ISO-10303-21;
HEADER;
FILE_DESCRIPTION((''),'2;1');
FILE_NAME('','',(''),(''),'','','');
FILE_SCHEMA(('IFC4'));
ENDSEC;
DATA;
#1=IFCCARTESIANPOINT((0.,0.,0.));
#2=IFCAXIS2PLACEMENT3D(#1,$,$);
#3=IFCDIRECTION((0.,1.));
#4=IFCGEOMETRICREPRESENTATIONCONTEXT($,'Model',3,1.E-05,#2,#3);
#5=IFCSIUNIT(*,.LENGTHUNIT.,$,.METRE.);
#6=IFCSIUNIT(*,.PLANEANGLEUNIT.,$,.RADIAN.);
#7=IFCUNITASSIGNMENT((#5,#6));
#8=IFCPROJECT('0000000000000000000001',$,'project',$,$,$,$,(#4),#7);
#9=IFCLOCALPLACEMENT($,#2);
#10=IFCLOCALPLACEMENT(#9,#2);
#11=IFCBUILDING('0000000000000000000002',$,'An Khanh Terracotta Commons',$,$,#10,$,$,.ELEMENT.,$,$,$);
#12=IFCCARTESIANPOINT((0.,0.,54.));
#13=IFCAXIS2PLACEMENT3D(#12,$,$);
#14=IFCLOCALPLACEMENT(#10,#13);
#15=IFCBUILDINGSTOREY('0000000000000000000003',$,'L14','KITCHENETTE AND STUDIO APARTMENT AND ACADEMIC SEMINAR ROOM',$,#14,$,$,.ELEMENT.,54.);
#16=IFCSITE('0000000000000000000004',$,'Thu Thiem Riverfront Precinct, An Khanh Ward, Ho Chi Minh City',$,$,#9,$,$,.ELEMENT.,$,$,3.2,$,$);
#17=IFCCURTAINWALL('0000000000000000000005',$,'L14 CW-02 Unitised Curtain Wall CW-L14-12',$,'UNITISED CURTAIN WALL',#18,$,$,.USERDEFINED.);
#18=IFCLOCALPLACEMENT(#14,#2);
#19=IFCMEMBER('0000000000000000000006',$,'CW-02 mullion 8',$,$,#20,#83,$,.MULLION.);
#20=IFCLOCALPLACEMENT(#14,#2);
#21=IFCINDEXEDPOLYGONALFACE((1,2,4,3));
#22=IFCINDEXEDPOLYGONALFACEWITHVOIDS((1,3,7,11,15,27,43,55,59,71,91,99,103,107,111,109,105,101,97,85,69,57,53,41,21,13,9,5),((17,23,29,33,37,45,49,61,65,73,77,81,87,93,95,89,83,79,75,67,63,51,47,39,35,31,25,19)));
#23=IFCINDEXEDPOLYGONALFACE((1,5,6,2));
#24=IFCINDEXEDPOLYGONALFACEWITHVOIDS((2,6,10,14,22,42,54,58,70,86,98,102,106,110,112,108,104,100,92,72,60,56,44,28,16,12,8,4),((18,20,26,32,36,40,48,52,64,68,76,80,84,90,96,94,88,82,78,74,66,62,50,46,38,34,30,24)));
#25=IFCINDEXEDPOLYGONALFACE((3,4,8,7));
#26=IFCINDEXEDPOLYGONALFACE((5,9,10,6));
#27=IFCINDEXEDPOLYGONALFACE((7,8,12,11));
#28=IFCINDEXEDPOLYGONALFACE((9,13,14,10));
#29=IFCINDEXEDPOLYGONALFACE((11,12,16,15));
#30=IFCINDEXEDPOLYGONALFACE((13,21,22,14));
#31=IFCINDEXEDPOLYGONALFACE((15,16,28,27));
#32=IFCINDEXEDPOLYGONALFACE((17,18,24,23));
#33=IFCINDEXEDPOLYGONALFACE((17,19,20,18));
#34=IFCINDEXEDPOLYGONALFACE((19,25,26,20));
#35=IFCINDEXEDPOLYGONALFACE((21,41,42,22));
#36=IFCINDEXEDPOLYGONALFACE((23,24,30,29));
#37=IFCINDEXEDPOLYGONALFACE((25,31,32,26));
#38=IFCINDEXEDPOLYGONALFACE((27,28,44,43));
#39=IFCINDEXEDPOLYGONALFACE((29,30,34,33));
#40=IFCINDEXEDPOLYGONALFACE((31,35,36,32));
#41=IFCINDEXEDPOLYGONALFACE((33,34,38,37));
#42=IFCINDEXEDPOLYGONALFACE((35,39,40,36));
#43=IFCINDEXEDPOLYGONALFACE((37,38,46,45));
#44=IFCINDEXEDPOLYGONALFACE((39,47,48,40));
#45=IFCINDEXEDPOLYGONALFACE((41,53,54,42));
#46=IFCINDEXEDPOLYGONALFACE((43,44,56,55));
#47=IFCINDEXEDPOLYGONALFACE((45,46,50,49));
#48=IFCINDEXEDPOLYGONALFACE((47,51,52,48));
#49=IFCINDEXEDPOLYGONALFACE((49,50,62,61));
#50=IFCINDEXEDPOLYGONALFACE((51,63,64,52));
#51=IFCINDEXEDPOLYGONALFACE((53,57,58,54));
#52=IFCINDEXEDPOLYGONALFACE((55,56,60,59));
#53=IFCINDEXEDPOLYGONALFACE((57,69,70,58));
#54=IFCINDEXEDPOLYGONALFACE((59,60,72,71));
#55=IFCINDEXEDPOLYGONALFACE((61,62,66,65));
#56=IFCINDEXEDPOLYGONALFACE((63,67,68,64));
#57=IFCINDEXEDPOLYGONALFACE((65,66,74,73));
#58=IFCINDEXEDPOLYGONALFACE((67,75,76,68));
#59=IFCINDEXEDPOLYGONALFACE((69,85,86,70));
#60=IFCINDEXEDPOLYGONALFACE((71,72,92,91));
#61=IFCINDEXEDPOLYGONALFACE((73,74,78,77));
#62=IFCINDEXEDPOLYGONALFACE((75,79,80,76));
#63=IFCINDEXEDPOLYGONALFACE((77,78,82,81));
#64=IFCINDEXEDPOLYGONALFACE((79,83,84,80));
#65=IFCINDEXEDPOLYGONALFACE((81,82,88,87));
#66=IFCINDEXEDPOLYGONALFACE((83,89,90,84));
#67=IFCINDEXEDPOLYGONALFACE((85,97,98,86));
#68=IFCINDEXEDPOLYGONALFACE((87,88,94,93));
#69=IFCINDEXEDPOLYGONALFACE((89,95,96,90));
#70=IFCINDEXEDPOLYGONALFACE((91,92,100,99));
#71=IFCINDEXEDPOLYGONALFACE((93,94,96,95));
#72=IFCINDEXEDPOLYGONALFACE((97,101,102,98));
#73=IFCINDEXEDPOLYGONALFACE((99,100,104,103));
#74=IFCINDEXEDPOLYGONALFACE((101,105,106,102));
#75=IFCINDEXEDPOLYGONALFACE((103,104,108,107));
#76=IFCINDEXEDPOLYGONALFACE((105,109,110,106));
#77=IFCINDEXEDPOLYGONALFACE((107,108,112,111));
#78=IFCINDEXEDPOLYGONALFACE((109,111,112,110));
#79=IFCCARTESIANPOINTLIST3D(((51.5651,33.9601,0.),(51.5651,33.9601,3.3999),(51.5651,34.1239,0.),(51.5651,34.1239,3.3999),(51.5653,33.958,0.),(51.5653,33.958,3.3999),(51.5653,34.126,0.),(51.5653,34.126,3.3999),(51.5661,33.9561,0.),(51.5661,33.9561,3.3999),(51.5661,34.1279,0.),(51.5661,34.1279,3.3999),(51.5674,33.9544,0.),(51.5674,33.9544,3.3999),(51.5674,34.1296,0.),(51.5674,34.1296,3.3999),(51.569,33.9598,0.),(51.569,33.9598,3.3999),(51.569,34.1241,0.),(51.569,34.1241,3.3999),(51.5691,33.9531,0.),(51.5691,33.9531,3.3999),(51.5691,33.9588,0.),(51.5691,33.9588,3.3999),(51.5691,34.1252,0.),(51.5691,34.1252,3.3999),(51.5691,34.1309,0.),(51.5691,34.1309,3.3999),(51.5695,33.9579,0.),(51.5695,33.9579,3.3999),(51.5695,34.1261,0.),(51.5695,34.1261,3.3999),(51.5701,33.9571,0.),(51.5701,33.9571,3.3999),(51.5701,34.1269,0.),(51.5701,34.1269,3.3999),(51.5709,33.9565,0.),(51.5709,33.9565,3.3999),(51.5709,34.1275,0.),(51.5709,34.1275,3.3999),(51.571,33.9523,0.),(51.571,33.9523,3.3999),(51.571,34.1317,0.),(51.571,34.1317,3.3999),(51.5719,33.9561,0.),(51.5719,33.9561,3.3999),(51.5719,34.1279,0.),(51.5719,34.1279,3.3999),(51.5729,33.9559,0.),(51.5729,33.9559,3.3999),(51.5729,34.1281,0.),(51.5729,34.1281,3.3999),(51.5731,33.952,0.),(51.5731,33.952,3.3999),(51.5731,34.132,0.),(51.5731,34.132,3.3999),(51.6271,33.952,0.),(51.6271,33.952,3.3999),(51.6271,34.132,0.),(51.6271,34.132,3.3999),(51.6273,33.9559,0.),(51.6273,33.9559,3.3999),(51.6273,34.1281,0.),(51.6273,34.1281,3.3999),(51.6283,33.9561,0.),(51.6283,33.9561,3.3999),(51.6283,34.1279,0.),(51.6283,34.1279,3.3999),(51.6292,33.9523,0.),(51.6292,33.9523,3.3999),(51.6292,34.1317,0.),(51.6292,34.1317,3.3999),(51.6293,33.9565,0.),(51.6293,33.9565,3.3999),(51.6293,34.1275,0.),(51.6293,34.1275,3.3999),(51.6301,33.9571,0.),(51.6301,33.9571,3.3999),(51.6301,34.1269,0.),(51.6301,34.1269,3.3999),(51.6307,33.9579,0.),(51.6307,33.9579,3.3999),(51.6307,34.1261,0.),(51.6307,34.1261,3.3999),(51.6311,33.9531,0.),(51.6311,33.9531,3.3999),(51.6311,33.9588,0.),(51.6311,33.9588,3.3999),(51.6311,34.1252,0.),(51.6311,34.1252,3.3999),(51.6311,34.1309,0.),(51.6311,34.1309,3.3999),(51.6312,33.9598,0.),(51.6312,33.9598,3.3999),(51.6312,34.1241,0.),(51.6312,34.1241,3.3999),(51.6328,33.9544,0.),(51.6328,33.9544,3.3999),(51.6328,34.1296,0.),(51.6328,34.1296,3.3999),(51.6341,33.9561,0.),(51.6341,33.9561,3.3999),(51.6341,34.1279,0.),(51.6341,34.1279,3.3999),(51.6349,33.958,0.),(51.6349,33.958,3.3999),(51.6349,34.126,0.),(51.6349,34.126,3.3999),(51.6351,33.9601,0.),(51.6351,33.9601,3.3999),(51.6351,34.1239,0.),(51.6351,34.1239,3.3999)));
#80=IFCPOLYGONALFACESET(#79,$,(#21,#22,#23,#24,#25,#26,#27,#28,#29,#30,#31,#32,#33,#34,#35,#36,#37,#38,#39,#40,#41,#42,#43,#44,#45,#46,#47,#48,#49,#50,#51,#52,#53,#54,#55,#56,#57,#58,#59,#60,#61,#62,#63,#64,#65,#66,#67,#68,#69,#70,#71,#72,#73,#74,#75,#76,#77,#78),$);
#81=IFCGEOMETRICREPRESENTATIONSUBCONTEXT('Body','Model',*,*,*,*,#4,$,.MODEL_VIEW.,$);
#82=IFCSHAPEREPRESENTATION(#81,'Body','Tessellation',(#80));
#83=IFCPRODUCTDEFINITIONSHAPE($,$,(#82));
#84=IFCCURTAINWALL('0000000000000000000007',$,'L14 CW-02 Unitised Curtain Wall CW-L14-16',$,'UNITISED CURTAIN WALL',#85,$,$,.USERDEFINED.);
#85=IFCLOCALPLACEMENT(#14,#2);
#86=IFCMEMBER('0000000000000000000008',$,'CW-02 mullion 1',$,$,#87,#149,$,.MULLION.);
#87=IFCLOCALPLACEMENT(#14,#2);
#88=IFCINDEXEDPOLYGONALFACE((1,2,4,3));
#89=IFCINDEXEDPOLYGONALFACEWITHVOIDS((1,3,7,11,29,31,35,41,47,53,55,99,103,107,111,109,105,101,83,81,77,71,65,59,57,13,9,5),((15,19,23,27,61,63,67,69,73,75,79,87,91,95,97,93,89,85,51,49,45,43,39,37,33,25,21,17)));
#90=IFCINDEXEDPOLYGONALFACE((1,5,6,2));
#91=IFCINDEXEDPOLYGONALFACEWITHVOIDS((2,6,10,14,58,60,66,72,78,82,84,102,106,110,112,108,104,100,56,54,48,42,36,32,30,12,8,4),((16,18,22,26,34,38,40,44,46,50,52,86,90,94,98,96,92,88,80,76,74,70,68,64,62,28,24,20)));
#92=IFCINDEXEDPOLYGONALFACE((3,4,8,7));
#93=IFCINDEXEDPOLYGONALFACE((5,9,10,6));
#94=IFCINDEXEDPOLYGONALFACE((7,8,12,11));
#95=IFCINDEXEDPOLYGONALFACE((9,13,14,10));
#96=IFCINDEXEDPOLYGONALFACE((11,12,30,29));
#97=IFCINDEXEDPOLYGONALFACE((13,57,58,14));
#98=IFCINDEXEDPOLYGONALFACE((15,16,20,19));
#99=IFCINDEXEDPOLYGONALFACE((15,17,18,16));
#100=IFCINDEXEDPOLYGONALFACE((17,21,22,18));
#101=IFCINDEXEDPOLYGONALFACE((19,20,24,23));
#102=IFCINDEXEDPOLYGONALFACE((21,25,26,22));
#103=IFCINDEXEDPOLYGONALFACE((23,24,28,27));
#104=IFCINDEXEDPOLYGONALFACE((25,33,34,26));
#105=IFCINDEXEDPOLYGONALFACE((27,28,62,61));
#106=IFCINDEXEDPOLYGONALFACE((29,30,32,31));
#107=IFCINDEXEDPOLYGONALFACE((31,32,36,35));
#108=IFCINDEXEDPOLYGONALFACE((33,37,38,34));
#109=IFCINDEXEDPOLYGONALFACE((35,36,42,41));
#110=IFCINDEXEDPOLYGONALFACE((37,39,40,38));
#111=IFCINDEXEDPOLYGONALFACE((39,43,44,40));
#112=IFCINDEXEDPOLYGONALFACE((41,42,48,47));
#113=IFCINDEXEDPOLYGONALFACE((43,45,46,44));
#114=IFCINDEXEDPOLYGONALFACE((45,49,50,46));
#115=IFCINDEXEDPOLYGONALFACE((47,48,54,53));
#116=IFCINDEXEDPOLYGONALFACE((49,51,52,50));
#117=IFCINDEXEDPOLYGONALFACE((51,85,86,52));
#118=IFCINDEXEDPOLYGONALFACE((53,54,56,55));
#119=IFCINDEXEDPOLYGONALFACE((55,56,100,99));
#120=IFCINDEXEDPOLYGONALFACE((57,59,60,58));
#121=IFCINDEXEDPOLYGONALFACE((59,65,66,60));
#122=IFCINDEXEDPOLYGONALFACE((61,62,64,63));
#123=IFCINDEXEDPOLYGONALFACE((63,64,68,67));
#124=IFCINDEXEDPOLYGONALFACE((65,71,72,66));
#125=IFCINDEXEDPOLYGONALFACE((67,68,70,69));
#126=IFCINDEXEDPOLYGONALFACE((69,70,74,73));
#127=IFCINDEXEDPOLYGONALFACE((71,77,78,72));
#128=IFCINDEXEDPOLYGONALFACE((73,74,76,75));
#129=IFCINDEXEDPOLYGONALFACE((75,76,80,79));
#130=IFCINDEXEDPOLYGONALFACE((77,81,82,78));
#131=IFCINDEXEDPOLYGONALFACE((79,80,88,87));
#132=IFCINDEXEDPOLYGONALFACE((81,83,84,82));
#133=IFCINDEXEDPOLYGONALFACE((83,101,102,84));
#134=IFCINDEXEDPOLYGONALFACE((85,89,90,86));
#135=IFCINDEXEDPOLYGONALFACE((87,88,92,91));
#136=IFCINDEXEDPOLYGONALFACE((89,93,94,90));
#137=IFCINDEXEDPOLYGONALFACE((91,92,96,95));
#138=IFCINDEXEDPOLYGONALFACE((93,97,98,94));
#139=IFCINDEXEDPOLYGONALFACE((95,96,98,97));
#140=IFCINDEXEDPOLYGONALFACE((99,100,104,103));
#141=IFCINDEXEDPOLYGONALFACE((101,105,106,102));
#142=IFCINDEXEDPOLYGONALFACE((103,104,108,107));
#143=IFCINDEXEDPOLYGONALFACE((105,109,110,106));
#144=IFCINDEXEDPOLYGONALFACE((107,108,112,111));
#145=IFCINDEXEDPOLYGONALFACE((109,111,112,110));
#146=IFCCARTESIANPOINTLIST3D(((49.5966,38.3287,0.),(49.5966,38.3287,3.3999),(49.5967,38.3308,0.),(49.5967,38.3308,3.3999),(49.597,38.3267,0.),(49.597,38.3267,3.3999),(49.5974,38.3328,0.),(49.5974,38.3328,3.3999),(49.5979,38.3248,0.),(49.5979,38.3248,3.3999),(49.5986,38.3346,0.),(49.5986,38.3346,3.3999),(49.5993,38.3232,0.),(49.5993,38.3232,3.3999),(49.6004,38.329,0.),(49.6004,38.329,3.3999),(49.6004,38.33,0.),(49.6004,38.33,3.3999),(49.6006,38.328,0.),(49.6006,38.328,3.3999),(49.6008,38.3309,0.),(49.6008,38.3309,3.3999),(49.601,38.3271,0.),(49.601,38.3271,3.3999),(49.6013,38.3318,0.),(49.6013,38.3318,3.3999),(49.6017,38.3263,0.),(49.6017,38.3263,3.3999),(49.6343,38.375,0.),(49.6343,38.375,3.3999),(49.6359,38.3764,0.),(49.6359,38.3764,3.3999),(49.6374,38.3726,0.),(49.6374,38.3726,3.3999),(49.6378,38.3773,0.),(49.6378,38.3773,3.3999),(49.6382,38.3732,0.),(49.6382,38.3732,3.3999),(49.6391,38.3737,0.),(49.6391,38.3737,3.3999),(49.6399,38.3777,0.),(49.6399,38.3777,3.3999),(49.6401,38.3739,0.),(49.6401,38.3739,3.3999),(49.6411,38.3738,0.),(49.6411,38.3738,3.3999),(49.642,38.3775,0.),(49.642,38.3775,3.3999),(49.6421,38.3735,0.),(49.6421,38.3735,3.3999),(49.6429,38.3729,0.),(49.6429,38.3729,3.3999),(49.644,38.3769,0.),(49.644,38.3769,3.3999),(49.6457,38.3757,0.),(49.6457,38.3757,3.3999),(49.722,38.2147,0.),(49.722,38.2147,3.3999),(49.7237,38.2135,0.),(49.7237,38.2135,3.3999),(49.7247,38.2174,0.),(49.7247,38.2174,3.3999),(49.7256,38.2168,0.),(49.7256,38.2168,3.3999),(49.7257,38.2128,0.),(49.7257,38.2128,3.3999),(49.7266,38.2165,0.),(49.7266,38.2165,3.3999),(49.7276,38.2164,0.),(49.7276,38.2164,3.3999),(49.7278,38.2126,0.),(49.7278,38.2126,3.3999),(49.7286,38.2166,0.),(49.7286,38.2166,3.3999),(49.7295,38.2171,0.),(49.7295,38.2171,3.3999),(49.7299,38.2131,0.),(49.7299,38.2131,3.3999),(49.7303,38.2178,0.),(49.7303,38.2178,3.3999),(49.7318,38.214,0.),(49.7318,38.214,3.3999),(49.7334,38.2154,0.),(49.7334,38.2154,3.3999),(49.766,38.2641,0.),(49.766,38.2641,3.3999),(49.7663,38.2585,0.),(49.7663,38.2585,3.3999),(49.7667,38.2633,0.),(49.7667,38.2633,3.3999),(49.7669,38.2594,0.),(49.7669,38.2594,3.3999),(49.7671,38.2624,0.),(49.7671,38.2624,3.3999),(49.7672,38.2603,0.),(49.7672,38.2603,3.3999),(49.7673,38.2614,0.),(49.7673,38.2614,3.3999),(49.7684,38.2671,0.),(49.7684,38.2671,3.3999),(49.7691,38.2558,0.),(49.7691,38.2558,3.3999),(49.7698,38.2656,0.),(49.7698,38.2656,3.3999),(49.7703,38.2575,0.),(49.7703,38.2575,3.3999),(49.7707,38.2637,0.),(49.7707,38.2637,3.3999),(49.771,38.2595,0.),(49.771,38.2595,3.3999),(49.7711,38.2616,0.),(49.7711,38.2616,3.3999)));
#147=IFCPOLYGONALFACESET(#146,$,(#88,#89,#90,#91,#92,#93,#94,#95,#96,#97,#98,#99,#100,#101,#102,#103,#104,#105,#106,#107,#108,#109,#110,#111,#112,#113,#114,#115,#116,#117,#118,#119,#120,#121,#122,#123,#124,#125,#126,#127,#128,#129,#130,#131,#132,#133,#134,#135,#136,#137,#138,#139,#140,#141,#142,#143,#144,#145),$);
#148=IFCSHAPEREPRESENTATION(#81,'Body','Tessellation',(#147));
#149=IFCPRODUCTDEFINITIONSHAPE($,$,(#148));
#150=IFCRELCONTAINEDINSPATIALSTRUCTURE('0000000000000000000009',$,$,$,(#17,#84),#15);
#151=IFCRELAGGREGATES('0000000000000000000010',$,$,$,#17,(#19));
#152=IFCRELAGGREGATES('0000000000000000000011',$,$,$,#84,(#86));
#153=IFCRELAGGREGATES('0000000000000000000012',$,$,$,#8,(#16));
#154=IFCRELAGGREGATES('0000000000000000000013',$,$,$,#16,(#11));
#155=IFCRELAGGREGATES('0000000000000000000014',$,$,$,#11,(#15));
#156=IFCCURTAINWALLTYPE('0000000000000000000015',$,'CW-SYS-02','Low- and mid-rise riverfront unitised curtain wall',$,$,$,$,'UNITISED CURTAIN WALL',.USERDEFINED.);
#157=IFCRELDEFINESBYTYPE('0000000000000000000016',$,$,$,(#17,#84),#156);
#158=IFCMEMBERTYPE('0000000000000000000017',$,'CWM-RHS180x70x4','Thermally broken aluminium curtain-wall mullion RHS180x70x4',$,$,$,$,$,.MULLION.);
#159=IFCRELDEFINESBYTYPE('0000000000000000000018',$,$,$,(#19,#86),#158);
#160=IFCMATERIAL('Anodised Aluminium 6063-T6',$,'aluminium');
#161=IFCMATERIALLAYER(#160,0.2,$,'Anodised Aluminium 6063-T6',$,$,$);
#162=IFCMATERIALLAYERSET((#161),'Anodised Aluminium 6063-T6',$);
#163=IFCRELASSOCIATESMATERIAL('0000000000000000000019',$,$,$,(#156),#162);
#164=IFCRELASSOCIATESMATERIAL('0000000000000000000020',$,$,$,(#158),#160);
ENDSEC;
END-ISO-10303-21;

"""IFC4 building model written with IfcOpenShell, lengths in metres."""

from ifc_helpers import new_model, si_unit, direction, frame, origin, origin_2d, place, context, subcontext, project, spatial, hollow_rectangle, extrude, material, layer, layer_set, material_profile, profile_set, type_object, element, aggregate, save


model = new_model("IFC4")

# Units and contexts
model_context = context("Model", 3, precision=1e-05, world=origin(), true_north=direction((0.0, 1.0)))
body_context = subcontext(model_context, "Body", "Model", "MODEL_VIEW")
ifc_project = project(units=[si_unit("LENGTHUNIT", "METRE"), si_unit("PLANEANGLEUNIT", "RADIAN")], contexts=[model_context])

# Site, building, storey
site_placement = place(None, origin())
site = spatial("IfcSite", under=ifc_project, at=site_placement, Name="Thu Thiem Riverfront Precinct, An Khanh Ward, Ho Chi Minh City", CompositionType="ELEMENT", RefElevation=3.2)
building_placement = place(site_placement, origin())
building = spatial("IfcBuilding", under=site, at=building_placement, Name="An Khanh Terracotta Commons", CompositionType="ELEMENT")
storey_placement = place(building_placement, frame((0.0, 0.0, 54.0)))
storey = spatial("IfcBuildingStorey", under=building, at=storey_placement, Name="L14", Description="KITCHENETTE AND STUDIO APARTMENT AND ACADEMIC SEMINAR ROOM", CompositionType="ELEMENT", Elevation=54.0)

# Curtain wall, member
ifc_material_1 = material(Name="Anodised Aluminium 6063-T6", Category="aluminium")
ifc_layer_1 = layer(ifc_material_1, 0.2, Name="Anodised Aluminium 6063-T6")
ifc_layer_set_1 = layer_set([ifc_layer_1], Name="Anodised Aluminium 6063-T6")
curtain_wall_type = type_object("IfcCurtainWallType", Name="CW-SYS-02", Description="Low- and mid-rise riverfront unitised curtain wall", ElementType="UNITISED CURTAIN WALL", PredefinedType="USERDEFINED", material=ifc_layer_set_1)
curtain_wall_1_placement = place(storey_placement, origin())
curtain_wall_1 = element("IfcCurtainWall", 1, at=curtain_wall_1_placement, inside=storey, type_object=curtain_wall_type, Name="L14 CW-02 Unitised Curtain Wall CW-L14-12", ObjectType="UNITISED CURTAIN WALL", PredefinedType="USERDEFINED")
ifc_material_profile_1 = material_profile(ifc_material_1, hollow_rectangle(XDim=0.0701, YDim=0.1799, WallThickness=0.0039, InnerFilletRadius=0.0039, OuterFilletRadius=0.0081, at=origin_2d()), Name="RHS180x70x4")
ifc_profile_set_1 = profile_set([ifc_material_profile_1], Name="Anodised Aluminium 6063-T6")
member_type_1 = type_object("IfcMemberType", Name="CWM-RHS180x70x4", Description="Thermally broken aluminium curtain-wall mullion RHS180x70x4", PredefinedType="MULLION", material=ifc_profile_set_1)
member_1_placement = place(storey_placement, frame((51.6001, 34.042, 0.0), z_axis=(0.0, 0.0, 1.0), x_axis=(-1.0, 0.0, 0.0)))
member_1 = element("IfcMember", 2, at=member_1_placement, type_object=member_type_1, Name="CW-02 mullion 8", PredefinedType="MULLION", context=body_context, shape_type="SweptSolid", body=[
    extrude(hollow_rectangle(XDim=0.0701, YDim=0.1799, WallThickness=0.0039, InnerFilletRadius=0.0039, OuterFilletRadius=0.0081, at=origin_2d()), origin(), (0.0, 0.0, 1.0), 3.3999),
])

# Curtain wall, member
curtain_wall_2_placement = place(storey_placement, origin())
curtain_wall_2 = element("IfcCurtainWall", 3, at=curtain_wall_2_placement, inside=storey, type_object=curtain_wall_type, Name="L14 CW-02 Unitised Curtain Wall CW-L14-16", ObjectType="UNITISED CURTAIN WALL", PredefinedType="USERDEFINED")
member_2_placement = place(storey_placement, frame((49.6838, 38.2952, 0.0), z_axis=(0.0, 0.0, 1.0), x_axis=(-0.662548, -0.749019, 0.0)))
member_2 = element("IfcMember", 4, at=member_2_placement, type_object=member_type_1, Name="CW-02 mullion 1", PredefinedType="MULLION", context=body_context, shape_type="SweptSolid", body=[
    extrude(hollow_rectangle(XDim=0.0701, YDim=0.1799, WallThickness=0.0039, InnerFilletRadius=0.0039, OuterFilletRadius=0.0081, at=origin_2d()), origin(), (0.0, 0.0, 1.0), 3.3999),
])

aggregate(curtain_wall_1, [member_1])
aggregate(curtain_wall_2, [member_2])

save(model, "model.ifc")
